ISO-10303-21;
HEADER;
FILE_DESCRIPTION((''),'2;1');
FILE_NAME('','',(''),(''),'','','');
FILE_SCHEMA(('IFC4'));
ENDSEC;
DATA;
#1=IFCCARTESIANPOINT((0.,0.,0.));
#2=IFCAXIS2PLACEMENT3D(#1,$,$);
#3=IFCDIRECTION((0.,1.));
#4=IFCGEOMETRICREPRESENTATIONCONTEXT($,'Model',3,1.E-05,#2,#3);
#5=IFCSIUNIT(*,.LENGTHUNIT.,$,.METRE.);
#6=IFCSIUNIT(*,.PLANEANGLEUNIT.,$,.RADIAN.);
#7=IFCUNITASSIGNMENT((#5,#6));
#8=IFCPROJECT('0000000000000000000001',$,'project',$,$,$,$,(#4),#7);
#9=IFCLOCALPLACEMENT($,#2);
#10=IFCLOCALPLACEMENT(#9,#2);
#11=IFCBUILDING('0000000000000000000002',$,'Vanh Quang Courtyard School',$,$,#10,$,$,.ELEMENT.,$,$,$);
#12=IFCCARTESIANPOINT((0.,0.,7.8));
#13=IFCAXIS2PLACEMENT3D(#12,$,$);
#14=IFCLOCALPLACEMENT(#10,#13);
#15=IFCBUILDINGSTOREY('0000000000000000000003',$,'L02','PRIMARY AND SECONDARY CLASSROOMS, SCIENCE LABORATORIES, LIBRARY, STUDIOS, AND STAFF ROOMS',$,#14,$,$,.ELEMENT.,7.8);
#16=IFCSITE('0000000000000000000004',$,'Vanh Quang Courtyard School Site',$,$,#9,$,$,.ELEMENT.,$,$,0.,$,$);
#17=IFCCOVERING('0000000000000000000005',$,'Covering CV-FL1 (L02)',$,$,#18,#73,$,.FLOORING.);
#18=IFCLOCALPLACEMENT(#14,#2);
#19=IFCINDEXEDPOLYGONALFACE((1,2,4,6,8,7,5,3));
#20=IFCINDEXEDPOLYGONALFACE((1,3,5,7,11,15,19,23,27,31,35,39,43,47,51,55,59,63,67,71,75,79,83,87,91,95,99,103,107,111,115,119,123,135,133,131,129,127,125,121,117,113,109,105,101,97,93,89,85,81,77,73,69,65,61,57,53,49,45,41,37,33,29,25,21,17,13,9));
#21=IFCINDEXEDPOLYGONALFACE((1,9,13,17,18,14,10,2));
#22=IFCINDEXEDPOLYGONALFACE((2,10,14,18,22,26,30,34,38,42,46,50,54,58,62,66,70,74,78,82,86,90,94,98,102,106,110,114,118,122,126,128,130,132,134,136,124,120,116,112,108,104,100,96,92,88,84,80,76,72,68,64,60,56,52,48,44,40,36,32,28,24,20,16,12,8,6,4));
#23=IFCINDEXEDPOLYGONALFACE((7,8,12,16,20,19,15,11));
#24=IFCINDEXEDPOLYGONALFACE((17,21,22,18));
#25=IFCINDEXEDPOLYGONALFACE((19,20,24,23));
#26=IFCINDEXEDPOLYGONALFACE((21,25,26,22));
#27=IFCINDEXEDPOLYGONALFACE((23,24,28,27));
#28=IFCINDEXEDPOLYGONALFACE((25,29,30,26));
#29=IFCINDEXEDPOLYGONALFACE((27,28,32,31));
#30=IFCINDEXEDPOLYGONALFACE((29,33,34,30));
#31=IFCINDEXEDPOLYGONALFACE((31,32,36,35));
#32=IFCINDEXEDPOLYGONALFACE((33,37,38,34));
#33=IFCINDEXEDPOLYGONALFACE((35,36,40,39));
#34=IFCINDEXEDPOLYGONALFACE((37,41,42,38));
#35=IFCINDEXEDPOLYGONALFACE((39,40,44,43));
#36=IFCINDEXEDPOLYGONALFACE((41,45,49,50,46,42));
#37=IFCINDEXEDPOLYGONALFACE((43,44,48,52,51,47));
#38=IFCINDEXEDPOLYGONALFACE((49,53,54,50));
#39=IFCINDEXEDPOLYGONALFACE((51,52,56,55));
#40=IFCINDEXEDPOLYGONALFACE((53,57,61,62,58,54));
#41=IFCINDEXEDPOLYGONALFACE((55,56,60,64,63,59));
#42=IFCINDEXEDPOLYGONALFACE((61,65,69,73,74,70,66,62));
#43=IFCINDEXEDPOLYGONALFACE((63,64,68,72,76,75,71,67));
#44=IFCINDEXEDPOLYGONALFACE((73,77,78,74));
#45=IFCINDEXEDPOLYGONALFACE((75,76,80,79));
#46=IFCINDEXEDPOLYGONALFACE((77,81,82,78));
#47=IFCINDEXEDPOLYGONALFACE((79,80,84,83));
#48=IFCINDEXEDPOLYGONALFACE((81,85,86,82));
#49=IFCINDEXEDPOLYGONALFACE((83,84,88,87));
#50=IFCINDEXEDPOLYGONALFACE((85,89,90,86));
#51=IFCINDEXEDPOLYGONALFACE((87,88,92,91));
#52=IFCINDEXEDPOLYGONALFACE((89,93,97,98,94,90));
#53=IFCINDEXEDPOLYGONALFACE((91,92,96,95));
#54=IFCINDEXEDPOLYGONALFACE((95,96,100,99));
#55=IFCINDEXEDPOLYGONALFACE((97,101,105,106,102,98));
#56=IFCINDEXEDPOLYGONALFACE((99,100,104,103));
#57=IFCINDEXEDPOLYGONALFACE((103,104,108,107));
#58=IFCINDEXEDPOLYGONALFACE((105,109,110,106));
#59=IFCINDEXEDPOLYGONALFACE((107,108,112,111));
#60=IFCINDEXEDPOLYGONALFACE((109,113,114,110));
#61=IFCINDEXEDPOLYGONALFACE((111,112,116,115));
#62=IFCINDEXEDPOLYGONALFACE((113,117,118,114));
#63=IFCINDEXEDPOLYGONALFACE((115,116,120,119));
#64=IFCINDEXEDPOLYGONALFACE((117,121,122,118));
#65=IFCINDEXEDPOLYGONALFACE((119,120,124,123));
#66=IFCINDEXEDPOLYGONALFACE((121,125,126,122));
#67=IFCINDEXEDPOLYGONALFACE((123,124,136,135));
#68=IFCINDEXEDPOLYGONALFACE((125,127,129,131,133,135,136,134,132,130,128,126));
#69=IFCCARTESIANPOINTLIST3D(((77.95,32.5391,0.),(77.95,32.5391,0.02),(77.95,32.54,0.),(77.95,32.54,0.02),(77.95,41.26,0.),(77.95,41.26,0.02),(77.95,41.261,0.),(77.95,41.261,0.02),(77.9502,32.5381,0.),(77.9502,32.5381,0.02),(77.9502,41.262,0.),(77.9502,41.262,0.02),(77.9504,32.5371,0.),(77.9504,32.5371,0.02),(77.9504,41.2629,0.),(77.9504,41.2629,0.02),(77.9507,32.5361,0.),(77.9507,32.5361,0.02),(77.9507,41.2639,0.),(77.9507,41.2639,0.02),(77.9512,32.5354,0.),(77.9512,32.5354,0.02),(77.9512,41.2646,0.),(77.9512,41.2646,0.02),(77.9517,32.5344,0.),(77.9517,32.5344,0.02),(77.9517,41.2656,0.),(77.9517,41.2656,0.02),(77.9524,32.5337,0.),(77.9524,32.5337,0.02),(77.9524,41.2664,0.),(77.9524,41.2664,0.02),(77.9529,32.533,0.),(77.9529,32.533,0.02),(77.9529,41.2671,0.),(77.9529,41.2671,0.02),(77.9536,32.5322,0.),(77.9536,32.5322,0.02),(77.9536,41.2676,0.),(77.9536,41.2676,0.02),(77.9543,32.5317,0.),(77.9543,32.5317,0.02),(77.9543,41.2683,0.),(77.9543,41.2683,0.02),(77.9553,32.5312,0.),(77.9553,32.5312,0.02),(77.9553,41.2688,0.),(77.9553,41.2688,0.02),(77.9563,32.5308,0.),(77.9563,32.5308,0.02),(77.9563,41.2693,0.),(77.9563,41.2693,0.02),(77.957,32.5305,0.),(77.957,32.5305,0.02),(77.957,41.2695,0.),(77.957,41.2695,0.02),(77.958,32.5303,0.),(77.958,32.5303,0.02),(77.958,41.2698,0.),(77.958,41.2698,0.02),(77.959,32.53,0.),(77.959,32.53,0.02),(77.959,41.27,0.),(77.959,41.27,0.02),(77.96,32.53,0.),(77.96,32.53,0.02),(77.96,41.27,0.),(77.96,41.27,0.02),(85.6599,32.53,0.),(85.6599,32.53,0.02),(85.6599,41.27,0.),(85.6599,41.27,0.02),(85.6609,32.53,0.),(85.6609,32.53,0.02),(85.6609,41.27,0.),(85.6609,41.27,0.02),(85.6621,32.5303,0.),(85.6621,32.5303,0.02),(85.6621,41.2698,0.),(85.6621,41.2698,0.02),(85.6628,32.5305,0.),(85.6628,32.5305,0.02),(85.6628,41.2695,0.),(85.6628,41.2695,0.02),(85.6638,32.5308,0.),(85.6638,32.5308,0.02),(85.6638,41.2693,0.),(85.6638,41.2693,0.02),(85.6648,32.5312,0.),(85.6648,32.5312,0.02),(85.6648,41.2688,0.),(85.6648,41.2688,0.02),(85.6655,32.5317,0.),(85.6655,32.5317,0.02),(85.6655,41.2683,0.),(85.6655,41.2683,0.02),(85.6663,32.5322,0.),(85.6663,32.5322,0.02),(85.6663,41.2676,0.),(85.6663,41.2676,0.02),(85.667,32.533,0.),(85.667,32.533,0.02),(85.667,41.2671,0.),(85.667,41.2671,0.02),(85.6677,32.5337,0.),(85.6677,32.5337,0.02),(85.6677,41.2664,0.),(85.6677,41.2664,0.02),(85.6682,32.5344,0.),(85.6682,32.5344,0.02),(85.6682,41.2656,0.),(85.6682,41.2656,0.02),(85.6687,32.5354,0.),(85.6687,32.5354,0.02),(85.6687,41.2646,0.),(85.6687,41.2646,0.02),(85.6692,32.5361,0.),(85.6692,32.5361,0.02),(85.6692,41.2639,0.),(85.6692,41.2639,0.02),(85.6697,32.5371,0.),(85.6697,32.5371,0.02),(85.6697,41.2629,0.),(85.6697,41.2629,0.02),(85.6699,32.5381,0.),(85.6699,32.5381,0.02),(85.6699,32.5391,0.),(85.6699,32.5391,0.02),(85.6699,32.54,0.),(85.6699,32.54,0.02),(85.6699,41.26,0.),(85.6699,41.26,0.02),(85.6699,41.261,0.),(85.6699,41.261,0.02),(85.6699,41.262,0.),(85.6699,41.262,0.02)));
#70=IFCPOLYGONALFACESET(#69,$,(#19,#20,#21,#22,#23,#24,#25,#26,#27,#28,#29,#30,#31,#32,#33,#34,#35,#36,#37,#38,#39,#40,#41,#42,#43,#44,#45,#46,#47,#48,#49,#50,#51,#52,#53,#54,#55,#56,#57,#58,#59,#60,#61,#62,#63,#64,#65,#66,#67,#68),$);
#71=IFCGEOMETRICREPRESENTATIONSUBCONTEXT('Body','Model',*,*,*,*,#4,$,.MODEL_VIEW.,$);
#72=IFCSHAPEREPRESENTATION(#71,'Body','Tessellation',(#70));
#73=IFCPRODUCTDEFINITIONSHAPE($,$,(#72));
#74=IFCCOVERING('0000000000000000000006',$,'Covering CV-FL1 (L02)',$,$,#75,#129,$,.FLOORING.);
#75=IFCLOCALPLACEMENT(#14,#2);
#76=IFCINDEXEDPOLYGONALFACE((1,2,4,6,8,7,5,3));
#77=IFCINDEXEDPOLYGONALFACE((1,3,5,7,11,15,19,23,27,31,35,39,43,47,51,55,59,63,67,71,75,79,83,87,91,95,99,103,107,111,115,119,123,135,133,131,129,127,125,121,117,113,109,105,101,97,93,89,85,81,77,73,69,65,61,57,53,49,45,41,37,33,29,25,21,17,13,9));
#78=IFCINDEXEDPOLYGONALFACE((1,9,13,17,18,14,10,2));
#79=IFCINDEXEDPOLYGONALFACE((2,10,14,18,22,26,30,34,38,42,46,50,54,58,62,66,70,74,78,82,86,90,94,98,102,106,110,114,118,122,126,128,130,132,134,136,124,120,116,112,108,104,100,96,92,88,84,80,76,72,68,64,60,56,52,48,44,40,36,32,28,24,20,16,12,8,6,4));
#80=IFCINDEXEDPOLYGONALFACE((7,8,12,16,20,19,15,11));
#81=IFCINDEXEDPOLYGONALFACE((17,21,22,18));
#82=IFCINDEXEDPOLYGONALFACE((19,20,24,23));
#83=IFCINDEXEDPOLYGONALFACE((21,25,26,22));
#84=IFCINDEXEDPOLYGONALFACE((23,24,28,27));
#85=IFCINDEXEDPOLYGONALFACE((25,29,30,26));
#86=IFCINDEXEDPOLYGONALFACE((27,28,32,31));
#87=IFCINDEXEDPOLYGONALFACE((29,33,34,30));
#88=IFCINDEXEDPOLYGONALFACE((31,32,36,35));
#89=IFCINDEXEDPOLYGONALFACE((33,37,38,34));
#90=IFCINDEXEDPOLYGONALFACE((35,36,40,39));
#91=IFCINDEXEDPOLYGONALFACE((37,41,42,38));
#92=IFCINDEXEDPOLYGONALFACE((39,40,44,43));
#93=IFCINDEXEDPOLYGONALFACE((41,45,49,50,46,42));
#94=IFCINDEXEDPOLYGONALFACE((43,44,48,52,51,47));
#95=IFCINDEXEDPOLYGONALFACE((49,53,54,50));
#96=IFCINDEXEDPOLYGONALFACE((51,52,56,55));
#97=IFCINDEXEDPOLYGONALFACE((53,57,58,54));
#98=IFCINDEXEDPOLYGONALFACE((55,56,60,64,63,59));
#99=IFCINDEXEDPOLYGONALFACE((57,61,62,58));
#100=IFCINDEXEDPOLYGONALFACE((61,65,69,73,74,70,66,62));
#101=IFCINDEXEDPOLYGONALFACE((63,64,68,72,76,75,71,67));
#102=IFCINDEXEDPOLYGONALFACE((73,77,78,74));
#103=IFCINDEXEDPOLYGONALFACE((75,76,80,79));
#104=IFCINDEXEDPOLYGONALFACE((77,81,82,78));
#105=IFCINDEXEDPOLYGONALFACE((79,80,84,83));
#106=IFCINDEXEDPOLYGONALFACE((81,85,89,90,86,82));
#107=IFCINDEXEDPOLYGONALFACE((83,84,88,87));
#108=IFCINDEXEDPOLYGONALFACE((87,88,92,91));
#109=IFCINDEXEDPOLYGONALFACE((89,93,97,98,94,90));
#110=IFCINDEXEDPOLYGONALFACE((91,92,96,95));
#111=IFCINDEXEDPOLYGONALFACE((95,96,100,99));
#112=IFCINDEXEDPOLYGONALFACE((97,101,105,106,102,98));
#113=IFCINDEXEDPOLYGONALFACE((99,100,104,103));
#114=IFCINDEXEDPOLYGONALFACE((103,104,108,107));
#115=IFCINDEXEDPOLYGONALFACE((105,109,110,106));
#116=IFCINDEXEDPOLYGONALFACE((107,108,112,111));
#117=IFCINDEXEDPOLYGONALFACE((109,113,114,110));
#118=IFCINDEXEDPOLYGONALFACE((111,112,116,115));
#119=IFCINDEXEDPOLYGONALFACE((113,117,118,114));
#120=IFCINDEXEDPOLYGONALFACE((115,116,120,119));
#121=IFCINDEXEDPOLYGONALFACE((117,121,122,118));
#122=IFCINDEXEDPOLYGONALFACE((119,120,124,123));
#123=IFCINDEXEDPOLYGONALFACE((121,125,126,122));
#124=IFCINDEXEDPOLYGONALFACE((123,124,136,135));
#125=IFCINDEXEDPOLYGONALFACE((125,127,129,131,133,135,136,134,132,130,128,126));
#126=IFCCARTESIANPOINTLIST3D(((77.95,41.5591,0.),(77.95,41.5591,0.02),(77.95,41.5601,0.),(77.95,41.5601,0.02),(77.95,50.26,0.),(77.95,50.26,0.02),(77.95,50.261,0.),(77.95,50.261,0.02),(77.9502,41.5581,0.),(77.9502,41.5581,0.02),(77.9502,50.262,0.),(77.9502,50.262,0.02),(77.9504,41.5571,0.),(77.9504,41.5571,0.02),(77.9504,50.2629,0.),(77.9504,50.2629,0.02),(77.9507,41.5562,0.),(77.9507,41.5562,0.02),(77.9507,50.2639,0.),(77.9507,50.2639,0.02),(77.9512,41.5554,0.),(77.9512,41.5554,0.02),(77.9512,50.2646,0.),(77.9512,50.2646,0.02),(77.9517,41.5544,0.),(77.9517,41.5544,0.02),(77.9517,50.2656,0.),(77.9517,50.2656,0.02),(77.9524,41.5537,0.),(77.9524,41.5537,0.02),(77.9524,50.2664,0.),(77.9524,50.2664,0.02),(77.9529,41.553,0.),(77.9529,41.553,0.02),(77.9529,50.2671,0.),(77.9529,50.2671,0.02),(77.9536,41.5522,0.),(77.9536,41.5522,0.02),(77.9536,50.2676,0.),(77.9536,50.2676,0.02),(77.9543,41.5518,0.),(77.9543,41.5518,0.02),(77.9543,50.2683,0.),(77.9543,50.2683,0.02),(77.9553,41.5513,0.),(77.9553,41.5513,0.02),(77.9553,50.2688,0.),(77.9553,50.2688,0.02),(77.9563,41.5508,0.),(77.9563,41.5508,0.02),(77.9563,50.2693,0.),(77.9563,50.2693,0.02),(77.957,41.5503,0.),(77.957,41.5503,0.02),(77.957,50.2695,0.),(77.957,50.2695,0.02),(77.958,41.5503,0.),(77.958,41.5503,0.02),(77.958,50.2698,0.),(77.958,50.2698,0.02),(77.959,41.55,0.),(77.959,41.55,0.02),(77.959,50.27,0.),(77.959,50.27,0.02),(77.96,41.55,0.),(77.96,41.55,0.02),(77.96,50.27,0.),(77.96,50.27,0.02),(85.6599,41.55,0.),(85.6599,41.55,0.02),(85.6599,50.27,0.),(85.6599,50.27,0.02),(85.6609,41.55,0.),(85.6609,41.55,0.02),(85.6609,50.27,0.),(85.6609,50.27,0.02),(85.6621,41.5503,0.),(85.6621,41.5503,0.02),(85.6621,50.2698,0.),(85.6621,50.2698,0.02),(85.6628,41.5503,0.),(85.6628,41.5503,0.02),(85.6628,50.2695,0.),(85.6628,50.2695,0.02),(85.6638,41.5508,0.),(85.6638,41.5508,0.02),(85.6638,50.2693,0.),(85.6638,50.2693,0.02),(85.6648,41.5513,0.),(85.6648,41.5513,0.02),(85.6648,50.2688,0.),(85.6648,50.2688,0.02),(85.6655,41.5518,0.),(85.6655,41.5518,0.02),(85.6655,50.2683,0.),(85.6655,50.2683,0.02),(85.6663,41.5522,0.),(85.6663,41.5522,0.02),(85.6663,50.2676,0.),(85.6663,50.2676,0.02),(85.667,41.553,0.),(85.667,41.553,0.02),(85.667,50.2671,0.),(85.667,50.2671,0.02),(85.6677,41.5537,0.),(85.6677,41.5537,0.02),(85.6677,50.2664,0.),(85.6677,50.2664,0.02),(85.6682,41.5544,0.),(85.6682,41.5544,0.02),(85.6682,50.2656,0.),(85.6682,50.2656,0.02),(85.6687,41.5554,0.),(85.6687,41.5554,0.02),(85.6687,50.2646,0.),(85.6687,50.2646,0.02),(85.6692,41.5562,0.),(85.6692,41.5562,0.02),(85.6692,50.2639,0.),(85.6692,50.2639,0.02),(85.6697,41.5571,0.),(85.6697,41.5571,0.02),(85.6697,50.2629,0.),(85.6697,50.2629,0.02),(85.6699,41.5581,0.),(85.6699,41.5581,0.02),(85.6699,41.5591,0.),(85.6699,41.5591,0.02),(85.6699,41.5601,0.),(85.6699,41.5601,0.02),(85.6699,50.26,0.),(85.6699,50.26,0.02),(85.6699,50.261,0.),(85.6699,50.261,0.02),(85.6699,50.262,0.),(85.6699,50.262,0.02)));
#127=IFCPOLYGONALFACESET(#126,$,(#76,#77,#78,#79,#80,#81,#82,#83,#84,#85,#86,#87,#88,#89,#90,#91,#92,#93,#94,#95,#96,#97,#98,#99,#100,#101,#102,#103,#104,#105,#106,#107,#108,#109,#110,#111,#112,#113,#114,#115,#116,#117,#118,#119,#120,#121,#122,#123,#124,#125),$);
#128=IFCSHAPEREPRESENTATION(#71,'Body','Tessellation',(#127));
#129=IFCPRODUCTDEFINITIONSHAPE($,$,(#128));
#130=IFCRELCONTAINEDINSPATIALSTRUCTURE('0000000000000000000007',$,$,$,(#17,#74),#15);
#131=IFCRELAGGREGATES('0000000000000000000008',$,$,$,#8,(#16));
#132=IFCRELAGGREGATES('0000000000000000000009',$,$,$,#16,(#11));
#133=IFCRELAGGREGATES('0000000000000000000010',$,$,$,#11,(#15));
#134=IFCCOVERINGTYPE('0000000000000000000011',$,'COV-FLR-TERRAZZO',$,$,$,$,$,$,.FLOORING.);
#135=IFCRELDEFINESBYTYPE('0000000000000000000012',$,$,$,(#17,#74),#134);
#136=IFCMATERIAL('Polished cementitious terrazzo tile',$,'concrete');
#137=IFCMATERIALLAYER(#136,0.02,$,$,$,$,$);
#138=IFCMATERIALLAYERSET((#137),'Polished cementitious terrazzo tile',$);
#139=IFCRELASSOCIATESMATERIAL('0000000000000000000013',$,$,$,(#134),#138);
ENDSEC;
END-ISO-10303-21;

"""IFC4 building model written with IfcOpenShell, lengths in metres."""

from ifc_helpers import new_model, si_unit, direction, frame, origin, place, context, subcontext, project, spatial, polyline, outline, extrude, material, layer, layer_set, type_object, element, save


model = new_model("IFC4")

# Units and contexts
model_context = context("Model", 3, precision=1e-05, world=origin(), true_north=direction((0.0, 1.0)))
body_context = subcontext(model_context, "Body", "Model", "MODEL_VIEW")
ifc_project = project(units=[si_unit("LENGTHUNIT", "METRE"), si_unit("PLANEANGLEUNIT", "RADIAN")], contexts=[model_context])

# Site, building, storey
site_placement = place(None, origin())
site = spatial("IfcSite", under=ifc_project, at=site_placement, Name="Vanh Quang Courtyard School Site", CompositionType="ELEMENT", RefElevation=0.0)
building_placement = place(site_placement, origin())
building = spatial("IfcBuilding", under=site, at=building_placement, Name="Vanh Quang Courtyard School", CompositionType="ELEMENT")
storey_placement = place(building_placement, frame((0.0, 0.0, 7.8)))
storey = spatial("IfcBuildingStorey", under=building, at=storey_placement, Name="L02", Description="PRIMARY AND SECONDARY CLASSROOMS, SCIENCE LABORATORIES, LIBRARY, STUDIOS, AND STAFF ROOMS", CompositionType="ELEMENT", Elevation=7.8)

# Coverings
ifc_material_1 = material(Name="Polished cementitious terrazzo tile", Category="concrete")
ifc_layer_1 = layer(ifc_material_1, 0.02)
ifc_layer_set_1 = layer_set([ifc_layer_1], Name="Polished cementitious terrazzo tile")
covering_type_1 = type_object("IfcCoveringType", Name="COV-FLR-TERRAZZO", PredefinedType="FLOORING", material=ifc_layer_set_1)
covering_1_placement = place(storey_placement, origin())
element("IfcCovering", 1, at=covering_1_placement, inside=storey, type_object=covering_type_1, Name="Covering CV-FL1 (L02)", PredefinedType="FLOORING", context=body_context, shape_type="SweptSolid", body=[
    extrude(outline(polyline([(85.6599, 41.27), (85.6609, 41.27), (85.6621, 41.2698), (85.6628, 41.2695), (85.6638, 41.2693), (85.6648, 41.2688), (85.6655, 41.2683), (85.6663, 41.2676), (85.667, 41.2671), (85.6677, 41.2664), (85.6682, 41.2656), (85.6687, 41.2646), (85.6692, 41.2639), (85.6697, 41.2629), (85.6699, 41.262), (85.6699, 41.261), (85.6699, 41.26), (85.6699, 32.54), (85.6699, 32.5391), (85.6699, 32.5381), (85.6697, 32.5371), (85.6692, 32.5361), (85.6687, 32.5354), (85.6682, 32.5344), (85.6677, 32.5337), (85.667, 32.533), (85.6663, 32.5322), (85.6655, 32.5317), (85.6648, 32.5312), (85.6638, 32.5308), (85.6628, 32.5305), (85.6621, 32.5303), (85.6609, 32.53), (85.6599, 32.53), (77.96, 32.53), (77.959, 32.53), (77.958, 32.5303), (77.957, 32.5305), (77.9563, 32.5308), (77.9553, 32.5312), (77.9543, 32.5317), (77.9536, 32.5322), (77.9529, 32.533), (77.9524, 32.5337), (77.9517, 32.5344), (77.9512, 32.5354), (77.9507, 32.5361), (77.9504, 32.5371), (77.9502, 32.5381), (77.95, 32.5391), (77.95, 32.54), (77.95, 41.26), (77.95, 41.261), (77.9502, 41.262), (77.9504, 41.2629), (77.9507, 41.2639), (77.9512, 41.2646), (77.9517, 41.2656), (77.9524, 41.2664), (77.9529, 41.2671), (77.9536, 41.2676), (77.9543, 41.2683), (77.9553, 41.2688), (77.9563, 41.2693), (77.957, 41.2695), (77.958, 41.2698), (77.959, 41.27), (77.96, 41.27), (85.6599, 41.27)])), origin(), (0.0, 0.0, 1.0), 0.02),
])
covering_2_placement = place(storey_placement, origin())
element("IfcCovering", 2, at=covering_2_placement, inside=storey, type_object=covering_type_1, Name="Covering CV-FL1 (L02)", PredefinedType="FLOORING", context=body_context, shape_type="SweptSolid", body=[
    extrude(outline(polyline([(77.96, 41.55), (77.959, 41.55), (77.958, 41.5503), (77.957, 41.5503), (77.9563, 41.5508), (77.9553, 41.5513), (77.9543, 41.5518), (77.9536, 41.5522), (77.9529, 41.553), (77.9524, 41.5537), (77.9517, 41.5544), (77.9512, 41.5554), (77.9507, 41.5562), (77.9504, 41.5571), (77.9502, 41.5581), (77.95, 41.5591), (77.95, 41.5601), (77.95, 50.26), (77.95, 50.261), (77.9502, 50.262), (77.9504, 50.2629), (77.9507, 50.2639), (77.9512, 50.2646), (77.9517, 50.2656), (77.9524, 50.2664), (77.9529, 50.2671), (77.9536, 50.2676), (77.9543, 50.2683), (77.9553, 50.2688), (77.9563, 50.2693), (77.957, 50.2695), (77.958, 50.2698), (77.959, 50.27), (77.96, 50.27), (85.6599, 50.27), (85.6609, 50.27), (85.6621, 50.2698), (85.6628, 50.2695), (85.6638, 50.2693), (85.6648, 50.2688), (85.6655, 50.2683), (85.6663, 50.2676), (85.667, 50.2671), (85.6677, 50.2664), (85.6682, 50.2656), (85.6687, 50.2646), (85.6692, 50.2639), (85.6697, 50.2629), (85.6699, 50.262), (85.6699, 50.261), (85.6699, 50.26), (85.6699, 41.5601), (85.6699, 41.5591), (85.6699, 41.5581), (85.6697, 41.5571), (85.6692, 41.5562), (85.6687, 41.5554), (85.6682, 41.5544), (85.6677, 41.5537), (85.667, 41.553), (85.6663, 41.5522), (85.6655, 41.5518), (85.6648, 41.5513), (85.6638, 41.5508), (85.6628, 41.5503), (85.6621, 41.5503), (85.6609, 41.55), (85.6599, 41.55), (77.96, 41.55)])), origin(), (0.0, 0.0, 1.0), 0.02),
])

save(model, "model.ifc")
